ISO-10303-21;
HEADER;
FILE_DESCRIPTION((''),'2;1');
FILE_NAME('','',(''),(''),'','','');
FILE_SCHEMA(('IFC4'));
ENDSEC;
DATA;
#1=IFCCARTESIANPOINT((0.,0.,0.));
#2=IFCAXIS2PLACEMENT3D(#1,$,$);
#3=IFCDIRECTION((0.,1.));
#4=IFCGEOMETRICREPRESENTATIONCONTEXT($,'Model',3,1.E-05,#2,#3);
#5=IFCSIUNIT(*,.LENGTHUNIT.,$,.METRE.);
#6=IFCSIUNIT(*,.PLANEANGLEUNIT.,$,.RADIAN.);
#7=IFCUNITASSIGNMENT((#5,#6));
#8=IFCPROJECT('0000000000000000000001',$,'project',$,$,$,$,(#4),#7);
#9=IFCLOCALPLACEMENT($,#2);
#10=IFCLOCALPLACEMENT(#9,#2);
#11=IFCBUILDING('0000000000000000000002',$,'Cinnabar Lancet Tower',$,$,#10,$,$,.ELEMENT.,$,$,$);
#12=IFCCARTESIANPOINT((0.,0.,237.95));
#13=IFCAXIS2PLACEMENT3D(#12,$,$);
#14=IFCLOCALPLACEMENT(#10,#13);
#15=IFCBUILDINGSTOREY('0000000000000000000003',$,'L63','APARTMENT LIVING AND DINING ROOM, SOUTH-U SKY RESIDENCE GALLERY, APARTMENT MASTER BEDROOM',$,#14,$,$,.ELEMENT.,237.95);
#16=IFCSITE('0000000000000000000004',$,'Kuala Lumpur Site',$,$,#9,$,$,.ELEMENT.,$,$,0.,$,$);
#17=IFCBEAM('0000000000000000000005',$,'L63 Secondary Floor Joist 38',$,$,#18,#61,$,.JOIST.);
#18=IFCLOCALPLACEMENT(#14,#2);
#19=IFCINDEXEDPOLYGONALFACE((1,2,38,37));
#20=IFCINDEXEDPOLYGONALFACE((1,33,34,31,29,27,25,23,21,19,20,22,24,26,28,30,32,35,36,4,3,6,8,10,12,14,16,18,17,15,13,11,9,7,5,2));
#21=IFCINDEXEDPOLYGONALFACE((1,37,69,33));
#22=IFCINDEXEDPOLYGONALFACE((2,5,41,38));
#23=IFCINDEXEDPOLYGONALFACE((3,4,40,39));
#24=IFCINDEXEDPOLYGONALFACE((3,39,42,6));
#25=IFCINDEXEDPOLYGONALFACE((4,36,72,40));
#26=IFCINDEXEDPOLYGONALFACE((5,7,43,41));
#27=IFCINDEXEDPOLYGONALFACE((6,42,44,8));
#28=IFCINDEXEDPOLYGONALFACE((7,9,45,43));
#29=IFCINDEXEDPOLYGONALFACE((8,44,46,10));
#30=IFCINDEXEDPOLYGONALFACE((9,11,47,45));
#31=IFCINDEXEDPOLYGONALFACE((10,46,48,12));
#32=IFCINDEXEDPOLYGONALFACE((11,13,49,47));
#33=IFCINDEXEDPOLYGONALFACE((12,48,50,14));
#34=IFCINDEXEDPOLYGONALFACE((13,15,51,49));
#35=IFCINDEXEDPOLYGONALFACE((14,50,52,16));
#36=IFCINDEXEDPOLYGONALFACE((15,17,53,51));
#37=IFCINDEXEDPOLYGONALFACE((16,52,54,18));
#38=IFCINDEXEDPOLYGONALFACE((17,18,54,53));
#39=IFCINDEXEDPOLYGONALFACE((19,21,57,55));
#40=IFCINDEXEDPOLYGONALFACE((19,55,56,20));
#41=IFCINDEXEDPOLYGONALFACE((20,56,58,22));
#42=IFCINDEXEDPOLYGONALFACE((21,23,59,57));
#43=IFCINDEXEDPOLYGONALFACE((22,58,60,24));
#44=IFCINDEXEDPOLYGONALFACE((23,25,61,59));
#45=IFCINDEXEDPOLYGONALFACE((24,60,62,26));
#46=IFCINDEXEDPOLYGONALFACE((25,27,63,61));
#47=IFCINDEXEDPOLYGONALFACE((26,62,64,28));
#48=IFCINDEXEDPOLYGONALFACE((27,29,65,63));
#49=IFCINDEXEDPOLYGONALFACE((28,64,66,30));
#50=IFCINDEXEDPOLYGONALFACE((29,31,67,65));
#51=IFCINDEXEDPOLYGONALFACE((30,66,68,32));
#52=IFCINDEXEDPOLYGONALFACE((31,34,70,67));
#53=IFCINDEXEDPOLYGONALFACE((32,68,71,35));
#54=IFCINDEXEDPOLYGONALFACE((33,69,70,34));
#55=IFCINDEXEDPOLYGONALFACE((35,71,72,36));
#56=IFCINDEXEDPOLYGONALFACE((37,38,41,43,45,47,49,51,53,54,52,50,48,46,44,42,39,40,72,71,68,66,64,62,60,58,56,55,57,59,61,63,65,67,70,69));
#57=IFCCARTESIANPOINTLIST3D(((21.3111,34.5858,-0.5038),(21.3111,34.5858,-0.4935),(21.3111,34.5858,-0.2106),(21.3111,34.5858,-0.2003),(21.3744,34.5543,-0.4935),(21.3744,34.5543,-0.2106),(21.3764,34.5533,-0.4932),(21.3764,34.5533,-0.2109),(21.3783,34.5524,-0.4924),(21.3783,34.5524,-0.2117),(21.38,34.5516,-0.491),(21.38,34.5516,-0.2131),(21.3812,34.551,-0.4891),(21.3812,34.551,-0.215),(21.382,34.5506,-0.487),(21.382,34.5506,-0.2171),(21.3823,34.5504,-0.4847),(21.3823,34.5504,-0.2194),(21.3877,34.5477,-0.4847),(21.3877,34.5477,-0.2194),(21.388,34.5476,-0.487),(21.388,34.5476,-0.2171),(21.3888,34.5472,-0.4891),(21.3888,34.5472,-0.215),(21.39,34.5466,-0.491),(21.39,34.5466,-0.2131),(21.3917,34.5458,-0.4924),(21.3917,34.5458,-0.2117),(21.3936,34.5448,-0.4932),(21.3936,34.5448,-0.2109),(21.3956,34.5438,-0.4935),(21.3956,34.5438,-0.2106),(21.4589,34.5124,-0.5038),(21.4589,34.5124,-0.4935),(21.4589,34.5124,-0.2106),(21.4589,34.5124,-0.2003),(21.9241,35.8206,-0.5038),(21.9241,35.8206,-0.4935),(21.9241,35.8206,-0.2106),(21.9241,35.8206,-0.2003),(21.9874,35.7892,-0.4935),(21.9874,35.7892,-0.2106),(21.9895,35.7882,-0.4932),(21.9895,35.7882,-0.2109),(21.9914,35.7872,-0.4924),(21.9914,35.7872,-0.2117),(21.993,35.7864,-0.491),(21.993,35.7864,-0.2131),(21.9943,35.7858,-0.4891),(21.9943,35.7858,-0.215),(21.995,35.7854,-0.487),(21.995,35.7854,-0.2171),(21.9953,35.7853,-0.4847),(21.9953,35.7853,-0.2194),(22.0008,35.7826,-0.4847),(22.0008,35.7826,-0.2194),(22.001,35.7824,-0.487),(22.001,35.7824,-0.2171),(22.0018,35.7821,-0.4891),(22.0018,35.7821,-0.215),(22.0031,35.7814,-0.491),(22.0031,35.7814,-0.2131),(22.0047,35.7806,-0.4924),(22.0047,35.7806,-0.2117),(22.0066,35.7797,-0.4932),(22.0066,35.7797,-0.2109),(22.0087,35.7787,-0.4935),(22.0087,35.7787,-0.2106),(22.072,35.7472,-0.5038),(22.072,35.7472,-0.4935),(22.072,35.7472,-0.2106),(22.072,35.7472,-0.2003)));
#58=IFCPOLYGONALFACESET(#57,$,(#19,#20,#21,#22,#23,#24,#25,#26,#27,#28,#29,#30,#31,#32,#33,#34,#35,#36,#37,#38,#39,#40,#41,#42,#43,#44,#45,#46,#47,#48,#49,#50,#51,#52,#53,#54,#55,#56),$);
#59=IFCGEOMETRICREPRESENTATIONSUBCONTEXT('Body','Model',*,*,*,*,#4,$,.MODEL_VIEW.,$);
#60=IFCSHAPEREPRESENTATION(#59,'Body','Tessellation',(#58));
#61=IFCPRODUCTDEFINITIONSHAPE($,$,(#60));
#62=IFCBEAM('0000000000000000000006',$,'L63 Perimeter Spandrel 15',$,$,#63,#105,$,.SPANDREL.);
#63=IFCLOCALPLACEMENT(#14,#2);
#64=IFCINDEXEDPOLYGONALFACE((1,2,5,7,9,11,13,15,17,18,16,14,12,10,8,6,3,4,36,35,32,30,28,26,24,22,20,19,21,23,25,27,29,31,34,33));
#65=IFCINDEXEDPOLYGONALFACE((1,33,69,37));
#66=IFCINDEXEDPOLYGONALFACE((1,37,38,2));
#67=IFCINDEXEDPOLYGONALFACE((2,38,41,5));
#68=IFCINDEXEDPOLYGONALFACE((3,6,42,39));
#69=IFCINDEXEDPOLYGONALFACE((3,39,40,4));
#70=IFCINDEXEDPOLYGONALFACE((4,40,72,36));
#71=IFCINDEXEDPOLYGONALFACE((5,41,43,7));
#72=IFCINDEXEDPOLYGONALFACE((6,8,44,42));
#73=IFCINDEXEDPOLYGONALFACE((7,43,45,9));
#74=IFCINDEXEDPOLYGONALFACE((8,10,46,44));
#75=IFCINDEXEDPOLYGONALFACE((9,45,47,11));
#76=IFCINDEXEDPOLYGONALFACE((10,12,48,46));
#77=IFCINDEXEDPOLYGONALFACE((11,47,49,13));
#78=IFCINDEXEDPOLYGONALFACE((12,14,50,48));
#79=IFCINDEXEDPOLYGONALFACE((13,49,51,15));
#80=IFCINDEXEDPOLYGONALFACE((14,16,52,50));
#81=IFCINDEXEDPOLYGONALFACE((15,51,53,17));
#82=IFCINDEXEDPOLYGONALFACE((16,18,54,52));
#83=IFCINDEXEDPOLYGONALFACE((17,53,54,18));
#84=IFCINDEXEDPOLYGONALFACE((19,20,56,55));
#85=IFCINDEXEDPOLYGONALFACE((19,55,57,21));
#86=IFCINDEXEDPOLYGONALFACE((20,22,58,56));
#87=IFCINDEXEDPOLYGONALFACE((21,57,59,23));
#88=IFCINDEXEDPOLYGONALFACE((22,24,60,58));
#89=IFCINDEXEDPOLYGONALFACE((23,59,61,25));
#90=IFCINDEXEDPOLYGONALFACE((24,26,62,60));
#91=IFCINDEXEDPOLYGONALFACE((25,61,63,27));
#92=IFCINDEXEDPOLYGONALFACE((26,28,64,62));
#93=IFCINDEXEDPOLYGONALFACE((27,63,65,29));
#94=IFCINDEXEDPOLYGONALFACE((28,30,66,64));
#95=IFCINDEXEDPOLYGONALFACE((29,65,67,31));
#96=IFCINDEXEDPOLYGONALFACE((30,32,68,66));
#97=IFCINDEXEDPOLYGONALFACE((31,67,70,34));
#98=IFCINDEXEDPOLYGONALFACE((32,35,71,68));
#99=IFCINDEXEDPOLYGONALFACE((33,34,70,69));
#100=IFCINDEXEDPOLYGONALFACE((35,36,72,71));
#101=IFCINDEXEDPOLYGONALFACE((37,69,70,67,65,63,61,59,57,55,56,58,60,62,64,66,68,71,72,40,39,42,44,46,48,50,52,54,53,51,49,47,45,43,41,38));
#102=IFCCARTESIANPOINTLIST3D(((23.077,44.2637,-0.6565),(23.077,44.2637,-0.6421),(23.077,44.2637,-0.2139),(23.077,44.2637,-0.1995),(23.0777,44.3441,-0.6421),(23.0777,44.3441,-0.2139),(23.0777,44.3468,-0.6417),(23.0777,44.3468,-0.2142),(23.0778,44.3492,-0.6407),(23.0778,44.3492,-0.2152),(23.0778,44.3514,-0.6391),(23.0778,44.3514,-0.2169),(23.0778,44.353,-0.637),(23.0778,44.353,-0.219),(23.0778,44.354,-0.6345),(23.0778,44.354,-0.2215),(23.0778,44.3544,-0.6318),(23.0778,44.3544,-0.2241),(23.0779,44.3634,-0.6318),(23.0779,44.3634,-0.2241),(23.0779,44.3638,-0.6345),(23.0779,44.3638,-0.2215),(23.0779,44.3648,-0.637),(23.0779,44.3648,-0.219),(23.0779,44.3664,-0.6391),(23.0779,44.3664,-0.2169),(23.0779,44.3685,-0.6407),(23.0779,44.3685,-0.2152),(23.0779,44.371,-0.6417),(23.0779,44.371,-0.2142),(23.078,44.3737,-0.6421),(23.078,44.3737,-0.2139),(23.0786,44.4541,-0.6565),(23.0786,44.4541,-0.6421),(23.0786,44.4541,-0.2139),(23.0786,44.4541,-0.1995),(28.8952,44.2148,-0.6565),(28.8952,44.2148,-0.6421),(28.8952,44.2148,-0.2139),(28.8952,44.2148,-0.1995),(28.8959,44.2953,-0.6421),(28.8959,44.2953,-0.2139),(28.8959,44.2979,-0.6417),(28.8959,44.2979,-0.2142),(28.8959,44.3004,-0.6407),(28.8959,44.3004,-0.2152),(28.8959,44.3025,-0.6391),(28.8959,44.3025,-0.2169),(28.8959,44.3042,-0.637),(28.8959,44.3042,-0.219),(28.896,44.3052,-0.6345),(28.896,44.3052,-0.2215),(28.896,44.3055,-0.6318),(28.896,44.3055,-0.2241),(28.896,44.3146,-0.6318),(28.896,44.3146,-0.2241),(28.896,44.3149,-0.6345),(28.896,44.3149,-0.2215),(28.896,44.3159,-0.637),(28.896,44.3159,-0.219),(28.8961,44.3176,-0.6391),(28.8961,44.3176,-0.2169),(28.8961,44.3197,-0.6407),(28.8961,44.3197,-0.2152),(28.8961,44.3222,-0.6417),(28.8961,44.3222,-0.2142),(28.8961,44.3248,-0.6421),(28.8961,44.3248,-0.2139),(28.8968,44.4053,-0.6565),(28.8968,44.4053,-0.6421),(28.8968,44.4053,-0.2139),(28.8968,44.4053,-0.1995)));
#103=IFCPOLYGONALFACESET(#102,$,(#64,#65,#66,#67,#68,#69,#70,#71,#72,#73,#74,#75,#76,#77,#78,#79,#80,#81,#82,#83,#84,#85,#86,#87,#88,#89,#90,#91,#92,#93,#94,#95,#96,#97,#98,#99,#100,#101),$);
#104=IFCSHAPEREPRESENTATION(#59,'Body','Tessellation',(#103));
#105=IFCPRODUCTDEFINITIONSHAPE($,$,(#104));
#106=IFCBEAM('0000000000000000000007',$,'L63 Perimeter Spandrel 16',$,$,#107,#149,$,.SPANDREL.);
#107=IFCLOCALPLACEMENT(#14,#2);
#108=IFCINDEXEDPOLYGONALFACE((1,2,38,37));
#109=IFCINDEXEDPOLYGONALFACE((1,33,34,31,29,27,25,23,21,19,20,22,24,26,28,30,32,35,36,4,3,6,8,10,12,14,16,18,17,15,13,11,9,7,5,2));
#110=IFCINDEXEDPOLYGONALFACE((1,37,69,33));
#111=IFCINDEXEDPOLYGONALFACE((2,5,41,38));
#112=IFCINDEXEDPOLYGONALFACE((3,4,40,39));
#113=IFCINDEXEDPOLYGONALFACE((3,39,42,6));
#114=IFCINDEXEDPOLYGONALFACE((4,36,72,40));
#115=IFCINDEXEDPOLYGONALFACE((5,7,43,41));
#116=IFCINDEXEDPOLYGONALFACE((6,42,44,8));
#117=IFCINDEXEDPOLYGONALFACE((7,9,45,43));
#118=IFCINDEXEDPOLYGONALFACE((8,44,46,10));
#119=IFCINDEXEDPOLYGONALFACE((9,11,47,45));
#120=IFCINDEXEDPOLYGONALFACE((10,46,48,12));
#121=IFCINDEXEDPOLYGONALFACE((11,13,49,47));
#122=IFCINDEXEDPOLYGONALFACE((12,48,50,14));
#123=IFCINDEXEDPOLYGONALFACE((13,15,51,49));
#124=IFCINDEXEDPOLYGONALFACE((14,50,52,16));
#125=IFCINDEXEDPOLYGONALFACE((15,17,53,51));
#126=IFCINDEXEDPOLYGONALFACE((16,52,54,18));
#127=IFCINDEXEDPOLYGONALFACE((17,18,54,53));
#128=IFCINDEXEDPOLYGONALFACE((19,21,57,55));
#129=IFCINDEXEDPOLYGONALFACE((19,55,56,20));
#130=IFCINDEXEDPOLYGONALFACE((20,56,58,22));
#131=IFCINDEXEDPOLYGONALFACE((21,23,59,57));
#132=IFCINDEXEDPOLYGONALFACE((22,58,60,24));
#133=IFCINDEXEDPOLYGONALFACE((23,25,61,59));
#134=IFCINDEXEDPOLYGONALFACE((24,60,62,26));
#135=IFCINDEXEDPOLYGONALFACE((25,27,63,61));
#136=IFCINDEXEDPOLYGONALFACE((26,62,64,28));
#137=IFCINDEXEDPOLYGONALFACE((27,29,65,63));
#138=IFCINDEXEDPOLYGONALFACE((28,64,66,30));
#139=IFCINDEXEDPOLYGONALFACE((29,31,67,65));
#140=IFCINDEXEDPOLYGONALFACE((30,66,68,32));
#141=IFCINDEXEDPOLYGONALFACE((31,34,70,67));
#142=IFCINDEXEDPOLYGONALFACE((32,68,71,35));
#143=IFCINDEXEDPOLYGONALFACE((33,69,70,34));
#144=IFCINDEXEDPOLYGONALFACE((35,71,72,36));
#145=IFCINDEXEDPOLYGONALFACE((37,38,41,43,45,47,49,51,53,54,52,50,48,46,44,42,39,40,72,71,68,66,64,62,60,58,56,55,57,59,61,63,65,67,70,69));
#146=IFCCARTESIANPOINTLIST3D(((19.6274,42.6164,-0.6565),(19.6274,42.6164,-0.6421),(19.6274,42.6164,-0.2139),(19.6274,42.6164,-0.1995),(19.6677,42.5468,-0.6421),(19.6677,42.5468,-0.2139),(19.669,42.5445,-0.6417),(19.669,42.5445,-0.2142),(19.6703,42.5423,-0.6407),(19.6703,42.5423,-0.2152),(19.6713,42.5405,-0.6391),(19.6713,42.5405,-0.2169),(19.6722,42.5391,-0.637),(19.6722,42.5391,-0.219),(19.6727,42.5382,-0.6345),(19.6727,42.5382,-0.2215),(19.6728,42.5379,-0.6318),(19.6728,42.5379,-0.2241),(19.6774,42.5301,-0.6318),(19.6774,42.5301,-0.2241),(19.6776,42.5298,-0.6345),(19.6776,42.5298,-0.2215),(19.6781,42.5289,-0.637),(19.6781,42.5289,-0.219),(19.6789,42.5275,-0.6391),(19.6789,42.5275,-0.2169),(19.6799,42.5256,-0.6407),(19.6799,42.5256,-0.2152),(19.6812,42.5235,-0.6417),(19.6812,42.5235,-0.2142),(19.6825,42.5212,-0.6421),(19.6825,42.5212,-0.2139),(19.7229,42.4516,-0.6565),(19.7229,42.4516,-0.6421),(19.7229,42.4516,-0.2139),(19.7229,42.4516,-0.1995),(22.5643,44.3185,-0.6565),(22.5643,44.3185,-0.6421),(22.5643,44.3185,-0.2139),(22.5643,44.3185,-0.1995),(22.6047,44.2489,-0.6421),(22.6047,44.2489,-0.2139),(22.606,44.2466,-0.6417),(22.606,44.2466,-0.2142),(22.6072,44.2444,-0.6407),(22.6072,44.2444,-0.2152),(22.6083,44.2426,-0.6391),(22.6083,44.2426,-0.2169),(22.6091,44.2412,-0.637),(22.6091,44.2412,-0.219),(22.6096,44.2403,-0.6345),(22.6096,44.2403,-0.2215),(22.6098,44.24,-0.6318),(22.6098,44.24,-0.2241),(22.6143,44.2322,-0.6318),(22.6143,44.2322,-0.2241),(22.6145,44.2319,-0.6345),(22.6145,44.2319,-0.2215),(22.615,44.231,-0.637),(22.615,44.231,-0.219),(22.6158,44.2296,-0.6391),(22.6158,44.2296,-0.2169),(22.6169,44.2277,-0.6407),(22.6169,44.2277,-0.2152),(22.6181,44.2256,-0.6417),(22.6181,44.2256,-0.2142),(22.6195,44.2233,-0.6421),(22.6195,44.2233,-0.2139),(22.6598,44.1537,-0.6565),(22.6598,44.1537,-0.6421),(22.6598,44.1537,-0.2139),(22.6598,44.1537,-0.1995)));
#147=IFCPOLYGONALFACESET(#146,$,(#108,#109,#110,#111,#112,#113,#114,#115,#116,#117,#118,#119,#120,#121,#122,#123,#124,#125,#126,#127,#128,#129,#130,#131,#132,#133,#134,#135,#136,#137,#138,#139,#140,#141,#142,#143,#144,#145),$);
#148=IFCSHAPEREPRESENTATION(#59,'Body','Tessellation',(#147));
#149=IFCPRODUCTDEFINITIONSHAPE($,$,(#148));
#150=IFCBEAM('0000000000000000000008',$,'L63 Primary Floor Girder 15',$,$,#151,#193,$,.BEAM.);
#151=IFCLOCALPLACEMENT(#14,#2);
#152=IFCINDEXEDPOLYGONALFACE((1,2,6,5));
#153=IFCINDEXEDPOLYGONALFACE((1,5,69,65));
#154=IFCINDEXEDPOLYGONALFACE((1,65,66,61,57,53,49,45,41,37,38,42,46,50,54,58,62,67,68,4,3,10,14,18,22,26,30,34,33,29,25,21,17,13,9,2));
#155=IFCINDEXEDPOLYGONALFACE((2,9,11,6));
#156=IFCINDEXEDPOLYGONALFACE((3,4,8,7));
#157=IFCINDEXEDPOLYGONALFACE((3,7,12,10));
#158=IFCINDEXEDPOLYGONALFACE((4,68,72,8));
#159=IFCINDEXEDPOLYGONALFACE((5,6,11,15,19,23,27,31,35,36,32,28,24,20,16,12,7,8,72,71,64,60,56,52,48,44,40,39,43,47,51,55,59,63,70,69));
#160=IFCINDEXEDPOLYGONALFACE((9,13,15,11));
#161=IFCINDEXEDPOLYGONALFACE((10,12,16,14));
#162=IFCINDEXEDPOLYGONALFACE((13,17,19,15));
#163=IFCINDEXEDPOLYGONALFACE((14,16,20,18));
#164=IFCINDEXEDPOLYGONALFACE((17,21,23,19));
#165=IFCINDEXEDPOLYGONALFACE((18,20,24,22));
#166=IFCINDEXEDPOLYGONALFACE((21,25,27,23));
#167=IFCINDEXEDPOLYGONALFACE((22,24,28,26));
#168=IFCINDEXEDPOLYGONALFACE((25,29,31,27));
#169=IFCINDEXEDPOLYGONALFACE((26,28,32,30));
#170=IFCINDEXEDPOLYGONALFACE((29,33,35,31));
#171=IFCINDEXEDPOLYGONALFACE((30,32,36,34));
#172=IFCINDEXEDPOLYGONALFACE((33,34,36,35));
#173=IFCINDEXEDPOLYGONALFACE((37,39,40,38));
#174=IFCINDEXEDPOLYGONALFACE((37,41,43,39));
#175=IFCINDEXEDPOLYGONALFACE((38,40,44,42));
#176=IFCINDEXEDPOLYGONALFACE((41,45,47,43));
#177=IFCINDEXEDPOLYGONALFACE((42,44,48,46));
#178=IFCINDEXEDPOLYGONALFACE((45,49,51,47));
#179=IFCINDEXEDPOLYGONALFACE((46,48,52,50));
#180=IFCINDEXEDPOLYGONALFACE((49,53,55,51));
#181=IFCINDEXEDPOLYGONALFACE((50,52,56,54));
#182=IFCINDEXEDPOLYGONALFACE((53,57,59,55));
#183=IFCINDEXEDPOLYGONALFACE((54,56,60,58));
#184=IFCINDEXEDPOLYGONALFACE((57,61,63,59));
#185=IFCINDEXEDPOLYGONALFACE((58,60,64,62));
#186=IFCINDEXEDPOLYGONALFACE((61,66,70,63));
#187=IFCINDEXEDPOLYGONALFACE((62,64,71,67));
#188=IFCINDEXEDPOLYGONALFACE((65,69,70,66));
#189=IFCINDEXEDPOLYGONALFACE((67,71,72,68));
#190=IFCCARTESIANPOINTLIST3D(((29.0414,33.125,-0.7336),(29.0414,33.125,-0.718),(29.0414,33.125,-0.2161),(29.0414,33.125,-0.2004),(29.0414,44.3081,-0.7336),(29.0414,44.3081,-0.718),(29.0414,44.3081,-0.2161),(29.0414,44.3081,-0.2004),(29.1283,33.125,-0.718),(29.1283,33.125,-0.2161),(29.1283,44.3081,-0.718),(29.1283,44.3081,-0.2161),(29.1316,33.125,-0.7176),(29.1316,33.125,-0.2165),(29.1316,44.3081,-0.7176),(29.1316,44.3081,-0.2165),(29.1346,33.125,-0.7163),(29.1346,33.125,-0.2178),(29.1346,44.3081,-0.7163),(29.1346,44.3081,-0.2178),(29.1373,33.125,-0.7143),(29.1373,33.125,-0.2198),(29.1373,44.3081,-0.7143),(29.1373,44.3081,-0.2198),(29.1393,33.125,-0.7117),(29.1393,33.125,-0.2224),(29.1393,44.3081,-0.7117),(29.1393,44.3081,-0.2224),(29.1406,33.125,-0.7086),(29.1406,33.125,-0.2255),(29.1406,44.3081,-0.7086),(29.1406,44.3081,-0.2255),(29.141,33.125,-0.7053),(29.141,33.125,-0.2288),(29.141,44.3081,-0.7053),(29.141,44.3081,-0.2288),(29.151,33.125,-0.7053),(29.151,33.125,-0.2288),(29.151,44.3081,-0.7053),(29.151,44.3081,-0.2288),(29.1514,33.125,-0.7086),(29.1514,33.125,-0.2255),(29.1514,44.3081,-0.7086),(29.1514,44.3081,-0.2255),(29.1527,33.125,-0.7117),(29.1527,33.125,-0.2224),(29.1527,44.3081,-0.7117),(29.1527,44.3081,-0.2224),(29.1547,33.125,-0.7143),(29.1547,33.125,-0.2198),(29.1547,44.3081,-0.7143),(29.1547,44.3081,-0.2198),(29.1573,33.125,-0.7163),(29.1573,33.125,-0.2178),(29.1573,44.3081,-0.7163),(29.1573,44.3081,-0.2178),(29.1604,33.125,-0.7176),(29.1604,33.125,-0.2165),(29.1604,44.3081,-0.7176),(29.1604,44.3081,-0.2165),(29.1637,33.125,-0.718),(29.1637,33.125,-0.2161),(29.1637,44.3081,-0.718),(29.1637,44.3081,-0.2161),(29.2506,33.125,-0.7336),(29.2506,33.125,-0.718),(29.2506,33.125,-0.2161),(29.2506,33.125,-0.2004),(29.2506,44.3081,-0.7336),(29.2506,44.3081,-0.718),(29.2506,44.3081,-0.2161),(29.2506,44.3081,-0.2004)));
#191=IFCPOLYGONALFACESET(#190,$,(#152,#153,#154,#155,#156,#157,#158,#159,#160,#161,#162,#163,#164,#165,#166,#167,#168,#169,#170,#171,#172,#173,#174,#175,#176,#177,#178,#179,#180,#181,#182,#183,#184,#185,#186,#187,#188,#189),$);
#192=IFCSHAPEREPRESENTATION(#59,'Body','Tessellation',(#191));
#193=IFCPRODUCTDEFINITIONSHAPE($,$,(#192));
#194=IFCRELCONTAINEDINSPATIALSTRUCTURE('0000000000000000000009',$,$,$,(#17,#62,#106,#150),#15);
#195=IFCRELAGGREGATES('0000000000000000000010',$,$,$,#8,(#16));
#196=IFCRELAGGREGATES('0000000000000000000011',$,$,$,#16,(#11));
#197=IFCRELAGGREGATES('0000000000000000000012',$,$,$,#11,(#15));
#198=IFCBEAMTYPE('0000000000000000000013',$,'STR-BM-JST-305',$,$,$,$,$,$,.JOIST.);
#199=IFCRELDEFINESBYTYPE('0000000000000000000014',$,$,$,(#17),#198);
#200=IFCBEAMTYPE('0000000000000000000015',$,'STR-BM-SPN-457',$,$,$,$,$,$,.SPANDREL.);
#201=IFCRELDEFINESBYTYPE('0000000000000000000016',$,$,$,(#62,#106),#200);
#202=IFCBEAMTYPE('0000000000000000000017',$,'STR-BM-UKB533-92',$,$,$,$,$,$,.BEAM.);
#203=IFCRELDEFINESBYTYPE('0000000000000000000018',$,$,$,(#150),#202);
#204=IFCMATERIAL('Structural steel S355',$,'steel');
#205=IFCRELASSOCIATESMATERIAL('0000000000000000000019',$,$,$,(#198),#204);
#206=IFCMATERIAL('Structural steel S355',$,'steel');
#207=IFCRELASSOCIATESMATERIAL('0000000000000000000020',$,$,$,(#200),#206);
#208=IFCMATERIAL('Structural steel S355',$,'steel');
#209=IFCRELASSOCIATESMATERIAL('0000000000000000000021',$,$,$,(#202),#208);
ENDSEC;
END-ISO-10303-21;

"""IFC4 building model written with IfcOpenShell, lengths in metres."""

from ifc_helpers import new_model, si_unit, direction, frame, origin, origin_2d, place, context, subcontext, project, spatial, i_section, extrude, material, material_profile, profile_set, type_object, element, save


model = new_model("IFC4")

# Units and contexts
model_context = context("Model", 3, precision=1e-05, world=origin(), true_north=direction((0.0, 1.0)))
body_context = subcontext(model_context, "Body", "Model", "MODEL_VIEW")
ifc_project = project(units=[si_unit("LENGTHUNIT", "METRE"), si_unit("PLANEANGLEUNIT", "RADIAN")], contexts=[model_context])

# Site, building, storey
site_placement = place(None, origin())
site = spatial("IfcSite", under=ifc_project, at=site_placement, Name="Kuala Lumpur Site", CompositionType="ELEMENT", RefElevation=0.0)
building_placement = place(site_placement, origin())
building = spatial("IfcBuilding", under=site, at=building_placement, Name="Cinnabar Lancet Tower", CompositionType="ELEMENT")
storey_placement = place(building_placement, frame((0.0, 0.0, 237.95)))
storey = spatial("IfcBuildingStorey", under=building, at=storey_placement, Name="L63", Description="APARTMENT LIVING AND DINING ROOM, SOUTH-U SKY RESIDENCE GALLERY, APARTMENT MASTER BEDROOM", CompositionType="ELEMENT", Elevation=237.95)

# Beams
ifc_material_1 = material(Name="Structural steel S355", Category="steel")
ifc_material_profile_1 = material_profile(ifc_material_1, i_section(OverallWidth=0.165, OverallDepth=0.3035, WebThickness=0.0061, FlangeThickness=0.0103, FilletRadius=0.0088, at=origin_2d()), Name="UKB 305x165x40")
ifc_profile_set_1 = profile_set([ifc_material_profile_1], Name="Structural steel S355")
beam_type_1 = type_object("IfcBeamType", Name="STR-BM-JST-305", PredefinedType="JOIST", material=ifc_profile_set_1)
beam_1_placement = place(storey_placement, frame((21.998, 35.7839, -0.3521), z_axis=(-0.444662, -0.895699, 0.0), x_axis=(0.895699, -0.444662, 0.0)))
element("IfcBeam", 1, at=beam_1_placement, inside=storey, type_object=beam_type_1, Name="L63 Secondary Floor Joist 38", PredefinedType="JOIST", context=body_context, shape_type="SweptSolid", body=[
    extrude(i_section(OverallWidth=0.165, OverallDepth=0.3035, WebThickness=0.0061, FlangeThickness=0.0103, FilletRadius=0.0088, at=origin_2d()), origin(), (0.0, 0.0, 1.0), 1.3787),
])
ifc_material_2 = material(Name="Structural steel S355", Category="steel")
ifc_material_profile_2 = material_profile(ifc_material_2, i_section(OverallWidth=0.1904, OverallDepth=0.457, WebThickness=0.009, FlangeThickness=0.0144, FilletRadius=0.0103, at=origin_2d()), Name="UKB 457x191x74")
ifc_profile_set_2 = profile_set([ifc_material_profile_2], Name="Structural steel S355")
beam_type_2 = type_object("IfcBeamType", Name="STR-BM-SPN-457", PredefinedType="SPANDREL", material=ifc_profile_set_2)
beam_2_placement = place(storey_placement, frame((28.896, 44.3101, -0.428), z_axis=(-0.999965, 0.008392, 0.0), x_axis=(-0.008392, -0.999965, 0.0)))
element("IfcBeam", 2, at=beam_2_placement, inside=storey, type_object=beam_type_2, Name="L63 Perimeter Spandrel 15", PredefinedType="SPANDREL", context=body_context, shape_type="SweptSolid", body=[
    extrude(i_section(OverallWidth=0.1904, OverallDepth=0.457, WebThickness=0.009, FlangeThickness=0.0144, FilletRadius=0.0103, at=origin_2d()), origin(), (0.0, 0.0, 1.0), 5.8184),
])
beam_3_placement = place(storey_placement, frame((22.6121, 44.2361, -0.428), z_axis=(-0.8652, -0.501427, 0.0), x_axis=(0.501427, -0.8652, 0.0)))
element("IfcBeam", 3, at=beam_3_placement, inside=storey, type_object=beam_type_2, Name="L63 Perimeter Spandrel 16", PredefinedType="SPANDREL", context=body_context, shape_type="SweptSolid", body=[
    extrude(i_section(OverallWidth=0.1904, OverallDepth=0.457, WebThickness=0.009, FlangeThickness=0.0144, FilletRadius=0.0103, at=origin_2d()), origin(), (0.0, 0.0, 1.0), 3.3945),
])
ifc_material_3 = material(Name="Structural steel S355", Category="steel")
ifc_material_profile_3 = material_profile(ifc_material_3, i_section(OverallWidth=0.2092, OverallDepth=0.5332, WebThickness=0.01, FlangeThickness=0.0156, FilletRadius=0.0127, at=origin_2d()), Name="UKB 533x210x92")
ifc_profile_set_3 = profile_set([ifc_material_profile_3], Name="Structural steel S355")
beam_type_3 = type_object("IfcBeamType", Name="STR-BM-UKB533-92", PredefinedType="BEAM", material=ifc_profile_set_3)
beam_4_placement = place(storey_placement, frame((29.146, 44.3081, -0.467), z_axis=(0.0, -1.0, 0.0), x_axis=(1.0, 0.0, 0.0)))
element("IfcBeam", 4, at=beam_4_placement, inside=storey, type_object=beam_type_3, Name="L63 Primary Floor Girder 15", PredefinedType="BEAM", context=body_context, shape_type="SweptSolid", body=[
    extrude(i_section(OverallWidth=0.2092, OverallDepth=0.5332, WebThickness=0.01, FlangeThickness=0.0156, FilletRadius=0.0127, at=origin_2d()), origin(), (0.0, 0.0, 1.0), 11.1831),
])

save(model, "model.ifc")
